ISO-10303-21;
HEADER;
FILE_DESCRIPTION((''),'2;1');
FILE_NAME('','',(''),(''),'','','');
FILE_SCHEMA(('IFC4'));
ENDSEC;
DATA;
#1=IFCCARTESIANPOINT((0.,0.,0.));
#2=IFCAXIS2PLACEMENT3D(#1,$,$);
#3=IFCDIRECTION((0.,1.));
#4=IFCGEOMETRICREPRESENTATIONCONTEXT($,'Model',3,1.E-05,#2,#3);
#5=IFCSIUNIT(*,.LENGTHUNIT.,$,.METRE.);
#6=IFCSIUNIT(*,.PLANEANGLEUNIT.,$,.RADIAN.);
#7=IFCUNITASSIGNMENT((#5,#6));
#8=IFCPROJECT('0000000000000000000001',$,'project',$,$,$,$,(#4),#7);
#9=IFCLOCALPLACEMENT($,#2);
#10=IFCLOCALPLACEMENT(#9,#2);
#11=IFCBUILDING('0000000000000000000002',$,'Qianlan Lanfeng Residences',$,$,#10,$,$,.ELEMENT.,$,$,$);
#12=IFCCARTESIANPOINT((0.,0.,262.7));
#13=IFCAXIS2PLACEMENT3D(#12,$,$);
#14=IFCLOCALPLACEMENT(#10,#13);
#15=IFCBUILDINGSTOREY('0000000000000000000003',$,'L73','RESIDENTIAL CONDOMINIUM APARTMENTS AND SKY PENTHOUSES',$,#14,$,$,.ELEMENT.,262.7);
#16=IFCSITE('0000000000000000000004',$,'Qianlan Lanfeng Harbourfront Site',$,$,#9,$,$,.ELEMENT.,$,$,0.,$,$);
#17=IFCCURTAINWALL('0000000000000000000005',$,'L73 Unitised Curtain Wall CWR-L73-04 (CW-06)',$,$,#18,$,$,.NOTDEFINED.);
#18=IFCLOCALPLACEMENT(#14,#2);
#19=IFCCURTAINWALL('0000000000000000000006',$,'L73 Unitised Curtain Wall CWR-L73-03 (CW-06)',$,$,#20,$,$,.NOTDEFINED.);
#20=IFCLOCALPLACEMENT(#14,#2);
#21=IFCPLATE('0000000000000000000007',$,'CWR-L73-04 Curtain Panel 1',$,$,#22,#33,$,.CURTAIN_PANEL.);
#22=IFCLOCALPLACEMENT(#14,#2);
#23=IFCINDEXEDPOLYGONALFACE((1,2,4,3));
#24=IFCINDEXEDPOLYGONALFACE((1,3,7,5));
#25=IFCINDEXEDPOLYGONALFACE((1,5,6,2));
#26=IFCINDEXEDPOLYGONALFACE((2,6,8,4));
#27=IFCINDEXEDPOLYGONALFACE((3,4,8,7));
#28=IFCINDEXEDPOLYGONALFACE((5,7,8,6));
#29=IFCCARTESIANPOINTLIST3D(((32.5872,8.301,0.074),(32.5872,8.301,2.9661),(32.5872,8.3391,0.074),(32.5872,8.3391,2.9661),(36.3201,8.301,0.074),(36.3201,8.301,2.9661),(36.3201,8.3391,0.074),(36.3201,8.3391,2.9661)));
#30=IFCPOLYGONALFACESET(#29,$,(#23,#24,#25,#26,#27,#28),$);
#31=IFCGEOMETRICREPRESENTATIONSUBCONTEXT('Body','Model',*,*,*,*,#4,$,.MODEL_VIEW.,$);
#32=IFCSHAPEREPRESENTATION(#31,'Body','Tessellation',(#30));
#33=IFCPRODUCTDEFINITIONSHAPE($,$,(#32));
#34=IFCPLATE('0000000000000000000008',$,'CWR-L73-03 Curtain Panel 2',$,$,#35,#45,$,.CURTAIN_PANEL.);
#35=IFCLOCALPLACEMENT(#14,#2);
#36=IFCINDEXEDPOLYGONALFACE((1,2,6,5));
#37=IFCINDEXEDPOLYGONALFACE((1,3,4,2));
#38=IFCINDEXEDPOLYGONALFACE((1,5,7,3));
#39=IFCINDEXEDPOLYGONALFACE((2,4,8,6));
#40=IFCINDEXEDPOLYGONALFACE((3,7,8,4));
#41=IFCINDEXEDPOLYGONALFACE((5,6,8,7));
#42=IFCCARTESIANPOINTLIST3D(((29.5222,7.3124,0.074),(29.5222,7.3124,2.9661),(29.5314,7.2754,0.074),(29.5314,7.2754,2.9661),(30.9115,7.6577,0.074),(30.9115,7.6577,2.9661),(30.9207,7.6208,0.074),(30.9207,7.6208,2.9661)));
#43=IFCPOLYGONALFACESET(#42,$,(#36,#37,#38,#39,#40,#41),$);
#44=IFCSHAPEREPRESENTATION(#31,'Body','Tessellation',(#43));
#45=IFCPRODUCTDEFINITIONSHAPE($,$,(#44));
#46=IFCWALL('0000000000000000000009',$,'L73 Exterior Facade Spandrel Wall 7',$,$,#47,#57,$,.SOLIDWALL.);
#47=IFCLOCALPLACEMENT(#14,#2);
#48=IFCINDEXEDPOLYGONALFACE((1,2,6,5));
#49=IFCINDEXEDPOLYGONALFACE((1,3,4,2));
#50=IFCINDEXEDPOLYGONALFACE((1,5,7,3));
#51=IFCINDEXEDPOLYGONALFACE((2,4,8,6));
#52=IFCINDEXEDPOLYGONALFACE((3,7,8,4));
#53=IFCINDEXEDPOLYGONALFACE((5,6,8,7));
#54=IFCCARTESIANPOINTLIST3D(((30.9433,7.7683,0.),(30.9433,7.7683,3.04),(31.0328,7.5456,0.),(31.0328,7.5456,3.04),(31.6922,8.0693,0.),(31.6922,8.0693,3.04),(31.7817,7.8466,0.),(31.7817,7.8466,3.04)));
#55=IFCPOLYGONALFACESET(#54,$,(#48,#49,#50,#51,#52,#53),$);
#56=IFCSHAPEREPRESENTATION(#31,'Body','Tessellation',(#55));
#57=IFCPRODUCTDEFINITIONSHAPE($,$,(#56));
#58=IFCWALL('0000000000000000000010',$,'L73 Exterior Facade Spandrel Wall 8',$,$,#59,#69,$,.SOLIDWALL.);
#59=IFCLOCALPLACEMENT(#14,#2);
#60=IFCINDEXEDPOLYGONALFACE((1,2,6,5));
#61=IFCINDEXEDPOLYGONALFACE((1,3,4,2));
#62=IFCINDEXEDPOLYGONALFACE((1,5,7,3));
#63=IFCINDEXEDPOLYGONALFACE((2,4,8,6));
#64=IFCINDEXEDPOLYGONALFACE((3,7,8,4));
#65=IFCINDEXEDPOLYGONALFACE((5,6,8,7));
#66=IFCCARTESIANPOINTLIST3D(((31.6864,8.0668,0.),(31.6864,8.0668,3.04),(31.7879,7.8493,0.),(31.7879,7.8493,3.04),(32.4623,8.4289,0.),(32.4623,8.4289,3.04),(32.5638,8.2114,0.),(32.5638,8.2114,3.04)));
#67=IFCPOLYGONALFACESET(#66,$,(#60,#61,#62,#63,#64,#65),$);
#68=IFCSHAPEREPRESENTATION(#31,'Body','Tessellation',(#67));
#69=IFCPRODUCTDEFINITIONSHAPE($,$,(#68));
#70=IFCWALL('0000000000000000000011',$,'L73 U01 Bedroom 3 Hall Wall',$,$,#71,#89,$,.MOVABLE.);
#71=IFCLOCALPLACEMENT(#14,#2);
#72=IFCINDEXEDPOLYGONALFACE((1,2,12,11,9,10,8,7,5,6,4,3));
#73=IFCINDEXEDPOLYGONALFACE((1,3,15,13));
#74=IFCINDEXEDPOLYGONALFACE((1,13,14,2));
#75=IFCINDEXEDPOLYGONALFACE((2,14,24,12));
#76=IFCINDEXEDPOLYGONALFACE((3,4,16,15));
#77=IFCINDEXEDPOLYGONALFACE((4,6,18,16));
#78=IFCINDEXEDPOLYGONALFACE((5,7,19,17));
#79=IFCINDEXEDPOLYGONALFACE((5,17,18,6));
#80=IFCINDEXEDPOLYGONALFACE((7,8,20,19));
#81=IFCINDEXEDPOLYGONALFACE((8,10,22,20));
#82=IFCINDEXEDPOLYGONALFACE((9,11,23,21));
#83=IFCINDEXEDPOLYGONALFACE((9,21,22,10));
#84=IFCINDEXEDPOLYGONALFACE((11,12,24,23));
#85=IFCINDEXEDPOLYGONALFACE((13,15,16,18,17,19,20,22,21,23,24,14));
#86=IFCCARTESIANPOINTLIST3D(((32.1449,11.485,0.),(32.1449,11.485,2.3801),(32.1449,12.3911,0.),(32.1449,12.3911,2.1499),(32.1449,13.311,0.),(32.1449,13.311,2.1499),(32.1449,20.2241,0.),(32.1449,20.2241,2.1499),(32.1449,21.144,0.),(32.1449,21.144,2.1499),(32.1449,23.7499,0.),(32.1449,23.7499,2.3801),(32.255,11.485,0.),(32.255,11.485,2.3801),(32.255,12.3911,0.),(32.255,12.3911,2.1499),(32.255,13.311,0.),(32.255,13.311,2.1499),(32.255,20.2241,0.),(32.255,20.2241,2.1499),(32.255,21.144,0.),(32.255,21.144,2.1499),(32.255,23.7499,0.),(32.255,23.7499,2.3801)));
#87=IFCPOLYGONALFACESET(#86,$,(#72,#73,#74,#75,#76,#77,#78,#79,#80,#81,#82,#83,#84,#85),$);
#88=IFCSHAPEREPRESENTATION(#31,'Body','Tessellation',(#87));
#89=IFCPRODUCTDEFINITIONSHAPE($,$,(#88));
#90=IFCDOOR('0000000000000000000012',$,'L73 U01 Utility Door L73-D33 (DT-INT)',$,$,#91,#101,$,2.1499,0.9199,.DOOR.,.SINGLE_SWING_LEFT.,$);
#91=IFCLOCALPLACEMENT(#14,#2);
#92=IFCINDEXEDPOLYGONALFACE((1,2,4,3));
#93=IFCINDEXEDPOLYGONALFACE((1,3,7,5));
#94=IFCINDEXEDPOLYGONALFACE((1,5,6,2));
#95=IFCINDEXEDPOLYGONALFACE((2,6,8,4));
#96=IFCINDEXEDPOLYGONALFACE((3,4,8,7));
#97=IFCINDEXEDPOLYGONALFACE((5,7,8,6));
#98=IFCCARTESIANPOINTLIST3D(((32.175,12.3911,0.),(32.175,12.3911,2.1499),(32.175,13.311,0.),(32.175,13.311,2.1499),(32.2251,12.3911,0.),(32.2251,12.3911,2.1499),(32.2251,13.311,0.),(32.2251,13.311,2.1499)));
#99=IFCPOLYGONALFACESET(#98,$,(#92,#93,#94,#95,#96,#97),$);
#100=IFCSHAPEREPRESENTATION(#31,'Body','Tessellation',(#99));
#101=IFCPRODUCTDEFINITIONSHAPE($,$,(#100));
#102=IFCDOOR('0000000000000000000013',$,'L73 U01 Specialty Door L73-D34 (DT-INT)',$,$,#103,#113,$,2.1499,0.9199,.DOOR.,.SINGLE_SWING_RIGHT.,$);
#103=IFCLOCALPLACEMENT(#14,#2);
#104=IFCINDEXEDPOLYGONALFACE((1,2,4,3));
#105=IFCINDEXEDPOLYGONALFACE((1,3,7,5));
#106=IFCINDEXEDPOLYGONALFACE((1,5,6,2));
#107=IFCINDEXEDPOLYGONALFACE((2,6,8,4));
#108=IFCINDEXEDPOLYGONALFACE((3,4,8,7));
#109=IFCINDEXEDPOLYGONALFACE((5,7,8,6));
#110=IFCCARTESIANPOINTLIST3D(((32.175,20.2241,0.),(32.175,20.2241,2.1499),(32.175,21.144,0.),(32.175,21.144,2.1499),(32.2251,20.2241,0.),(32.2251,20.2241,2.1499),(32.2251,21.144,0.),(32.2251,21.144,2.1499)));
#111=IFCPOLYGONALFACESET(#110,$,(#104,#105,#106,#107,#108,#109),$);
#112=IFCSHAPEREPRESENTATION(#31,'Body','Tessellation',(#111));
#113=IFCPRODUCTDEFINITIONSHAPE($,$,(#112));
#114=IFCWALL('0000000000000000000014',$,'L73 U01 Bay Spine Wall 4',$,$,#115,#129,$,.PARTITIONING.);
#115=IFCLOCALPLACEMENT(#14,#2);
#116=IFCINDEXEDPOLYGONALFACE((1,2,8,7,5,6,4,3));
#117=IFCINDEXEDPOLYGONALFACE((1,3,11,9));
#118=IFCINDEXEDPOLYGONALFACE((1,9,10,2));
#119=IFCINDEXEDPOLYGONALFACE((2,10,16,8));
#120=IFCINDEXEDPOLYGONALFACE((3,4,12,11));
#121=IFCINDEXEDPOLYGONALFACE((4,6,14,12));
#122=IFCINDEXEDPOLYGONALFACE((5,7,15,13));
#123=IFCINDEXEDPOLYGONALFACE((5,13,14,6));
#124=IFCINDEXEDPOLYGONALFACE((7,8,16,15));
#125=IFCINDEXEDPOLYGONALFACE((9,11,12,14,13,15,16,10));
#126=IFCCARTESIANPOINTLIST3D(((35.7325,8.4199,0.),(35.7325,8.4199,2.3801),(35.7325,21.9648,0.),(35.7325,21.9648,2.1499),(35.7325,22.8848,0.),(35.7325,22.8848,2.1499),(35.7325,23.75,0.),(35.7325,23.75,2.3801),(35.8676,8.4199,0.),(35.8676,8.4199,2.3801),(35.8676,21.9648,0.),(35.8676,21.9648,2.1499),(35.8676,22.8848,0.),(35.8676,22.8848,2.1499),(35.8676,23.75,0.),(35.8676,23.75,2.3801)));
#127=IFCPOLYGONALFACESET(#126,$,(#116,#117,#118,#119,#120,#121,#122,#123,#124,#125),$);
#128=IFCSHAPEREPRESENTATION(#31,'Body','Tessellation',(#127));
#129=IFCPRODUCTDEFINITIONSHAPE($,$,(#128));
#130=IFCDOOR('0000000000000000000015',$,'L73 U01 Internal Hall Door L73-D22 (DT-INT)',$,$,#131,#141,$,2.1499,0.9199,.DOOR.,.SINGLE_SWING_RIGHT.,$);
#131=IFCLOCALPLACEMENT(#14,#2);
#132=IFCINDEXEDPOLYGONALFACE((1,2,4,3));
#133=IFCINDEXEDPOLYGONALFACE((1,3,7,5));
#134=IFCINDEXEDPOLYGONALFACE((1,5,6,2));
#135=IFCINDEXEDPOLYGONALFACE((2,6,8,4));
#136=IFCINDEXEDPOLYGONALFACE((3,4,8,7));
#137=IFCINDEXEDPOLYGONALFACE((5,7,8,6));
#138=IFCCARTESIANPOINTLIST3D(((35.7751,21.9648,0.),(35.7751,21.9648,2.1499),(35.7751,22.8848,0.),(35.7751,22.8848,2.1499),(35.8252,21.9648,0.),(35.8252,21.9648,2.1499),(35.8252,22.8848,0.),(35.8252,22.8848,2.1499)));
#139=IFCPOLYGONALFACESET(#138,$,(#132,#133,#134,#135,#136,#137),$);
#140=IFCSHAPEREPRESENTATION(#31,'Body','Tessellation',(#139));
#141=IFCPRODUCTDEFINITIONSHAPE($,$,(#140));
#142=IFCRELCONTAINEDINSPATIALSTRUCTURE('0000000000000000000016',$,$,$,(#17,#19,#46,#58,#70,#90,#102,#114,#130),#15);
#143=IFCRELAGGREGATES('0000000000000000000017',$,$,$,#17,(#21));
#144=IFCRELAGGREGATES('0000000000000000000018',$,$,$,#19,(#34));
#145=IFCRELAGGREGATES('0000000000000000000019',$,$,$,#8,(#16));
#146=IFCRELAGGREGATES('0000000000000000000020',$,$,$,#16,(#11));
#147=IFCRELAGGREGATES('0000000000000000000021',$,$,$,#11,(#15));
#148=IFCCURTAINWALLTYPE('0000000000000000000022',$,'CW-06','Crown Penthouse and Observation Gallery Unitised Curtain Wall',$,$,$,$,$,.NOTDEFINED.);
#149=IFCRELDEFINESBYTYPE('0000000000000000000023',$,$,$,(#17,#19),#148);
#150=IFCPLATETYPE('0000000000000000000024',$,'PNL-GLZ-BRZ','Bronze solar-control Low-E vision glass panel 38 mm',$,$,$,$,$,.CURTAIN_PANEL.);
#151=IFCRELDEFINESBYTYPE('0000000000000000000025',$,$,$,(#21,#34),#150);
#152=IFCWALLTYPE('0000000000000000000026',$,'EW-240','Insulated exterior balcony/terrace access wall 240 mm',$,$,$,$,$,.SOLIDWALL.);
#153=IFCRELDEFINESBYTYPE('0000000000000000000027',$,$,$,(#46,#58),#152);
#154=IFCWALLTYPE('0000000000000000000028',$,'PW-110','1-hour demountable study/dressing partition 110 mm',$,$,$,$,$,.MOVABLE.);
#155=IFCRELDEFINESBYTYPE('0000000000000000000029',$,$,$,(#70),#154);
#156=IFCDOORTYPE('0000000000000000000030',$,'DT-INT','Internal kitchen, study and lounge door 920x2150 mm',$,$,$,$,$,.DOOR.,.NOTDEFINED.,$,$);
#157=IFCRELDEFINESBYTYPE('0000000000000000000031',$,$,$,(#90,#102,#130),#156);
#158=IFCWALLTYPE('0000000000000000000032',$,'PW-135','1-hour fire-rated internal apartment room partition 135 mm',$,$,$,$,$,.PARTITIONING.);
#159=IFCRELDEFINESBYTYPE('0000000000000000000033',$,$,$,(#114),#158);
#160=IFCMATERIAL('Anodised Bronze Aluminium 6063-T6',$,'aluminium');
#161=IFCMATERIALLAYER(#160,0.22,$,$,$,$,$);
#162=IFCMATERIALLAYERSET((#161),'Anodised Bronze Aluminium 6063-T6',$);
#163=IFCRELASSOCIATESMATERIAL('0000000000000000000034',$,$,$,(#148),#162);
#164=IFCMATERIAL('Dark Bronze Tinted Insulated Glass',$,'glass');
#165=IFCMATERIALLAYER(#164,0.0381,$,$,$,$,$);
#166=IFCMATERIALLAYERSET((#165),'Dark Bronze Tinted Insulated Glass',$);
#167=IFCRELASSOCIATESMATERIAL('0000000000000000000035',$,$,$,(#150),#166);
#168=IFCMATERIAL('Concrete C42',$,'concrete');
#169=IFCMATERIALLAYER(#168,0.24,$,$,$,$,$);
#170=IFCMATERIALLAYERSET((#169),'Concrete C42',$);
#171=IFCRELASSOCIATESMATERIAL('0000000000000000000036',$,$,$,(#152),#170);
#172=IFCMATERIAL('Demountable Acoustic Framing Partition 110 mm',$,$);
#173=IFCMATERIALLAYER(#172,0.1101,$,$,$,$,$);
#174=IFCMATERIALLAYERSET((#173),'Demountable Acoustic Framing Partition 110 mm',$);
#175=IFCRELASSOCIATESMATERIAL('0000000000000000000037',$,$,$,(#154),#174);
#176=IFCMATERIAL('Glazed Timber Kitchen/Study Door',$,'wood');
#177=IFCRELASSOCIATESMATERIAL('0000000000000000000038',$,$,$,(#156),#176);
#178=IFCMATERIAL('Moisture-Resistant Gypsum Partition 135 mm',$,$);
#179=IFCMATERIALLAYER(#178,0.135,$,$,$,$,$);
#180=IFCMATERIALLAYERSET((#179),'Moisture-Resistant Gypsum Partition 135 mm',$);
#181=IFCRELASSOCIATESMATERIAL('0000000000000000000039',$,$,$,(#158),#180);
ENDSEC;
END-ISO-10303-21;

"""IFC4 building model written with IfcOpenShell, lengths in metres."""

from ifc_helpers import new_model, si_unit, direction, frame, frame_2d, origin, origin_2d, place, context, subcontext, project, spatial, rectangle, extrude, source, transform, mapped, material, layer, layer_set, type_object, element, fill, aggregate, save


model = new_model("IFC4")

# Units and contexts
model_context = context("Model", 3, precision=1e-05, world=origin(), true_north=direction((0.0, 1.0)))
body_context = subcontext(model_context, "Body", "Model", "MODEL_VIEW")
ifc_project = project(units=[si_unit("LENGTHUNIT", "METRE"), si_unit("PLANEANGLEUNIT", "RADIAN")], contexts=[model_context])

# Site, building, storey
site_placement = place(None, origin())
site = spatial("IfcSite", under=ifc_project, at=site_placement, Name="Qianlan Lanfeng Harbourfront Site", CompositionType="ELEMENT", RefElevation=0.0)
building_placement = place(site_placement, origin())
building = spatial("IfcBuilding", under=site, at=building_placement, Name="Qianlan Lanfeng Residences", CompositionType="ELEMENT")
storey_placement = place(building_placement, frame((0.0, 0.0, 262.7)))
storey = spatial("IfcBuildingStorey", under=building, at=storey_placement, Name="L73", Description="RESIDENTIAL CONDOMINIUM APARTMENTS AND SKY PENTHOUSES", CompositionType="ELEMENT", Elevation=262.7)

# Curtain walls
ifc_material_1 = material(Name="Anodised Bronze Aluminium 6063-T6", Category="aluminium")
ifc_layer_1 = layer(ifc_material_1, 0.22)
ifc_layer_set_1 = layer_set([ifc_layer_1], Name="Anodised Bronze Aluminium 6063-T6")
curtain_wall_type = type_object("IfcCurtainWallType", Name="CW-06", Description="Crown Penthouse and Observation Gallery Unitised Curtain Wall", PredefinedType="NOTDEFINED", material=ifc_layer_set_1)
curtain_wall_1_placement = place(storey_placement, origin())
curtain_wall_1 = element("IfcCurtainWall", 1, at=curtain_wall_1_placement, inside=storey, type_object=curtain_wall_type, Name="L73 Unitised Curtain Wall CWR-L73-04 (CW-06)", PredefinedType="NOTDEFINED")
curtain_wall_2_placement = place(storey_placement, origin())
curtain_wall_2 = element("IfcCurtainWall", 2, at=curtain_wall_2_placement, inside=storey, type_object=curtain_wall_type, Name="L73 Unitised Curtain Wall CWR-L73-03 (CW-06)", PredefinedType="NOTDEFINED")

# Plates
ifc_material_2 = material(Name="Dark Bronze Tinted Insulated Glass", Category="glass")
ifc_layer_2 = layer(ifc_material_2, 0.0381)
ifc_layer_set_2 = layer_set([ifc_layer_2], Name="Dark Bronze Tinted Insulated Glass")
plate_type_1 = type_object("IfcPlateType", Name="PNL-GLZ-BRZ", Description="Bronze solar-control Low-E vision glass panel 38 mm", PredefinedType="CURTAIN_PANEL", material=ifc_layer_set_2)
shared_shape_1 = source(origin(), body_context, "Body", "SweptSolid", [
    extrude(rectangle(XDim=3.7329, YDim=0.0381, at=origin_2d()), origin(), (0.0, 0.0, 1.0), 2.8921),
])
plate_1_placement = place(storey_placement, frame((34.4536, 8.3201, 0.074), z_axis=(0.0, 0.0, 1.0), x_axis=(1.0, 0.0, 0.0)))
plate_1 = element("IfcPlate", 3, at=plate_1_placement, type_object=plate_type_1, Name="CWR-L73-04 Curtain Panel 1", PredefinedType="CURTAIN_PANEL", context=body_context, shape_type="MappedRepresentation", body=[
    mapped(shared_shape_1, transform((0.0, 0.0, 0.0), scale=1.0)),
])
aggregate(curtain_wall_1, [plate_1])
shared_shape_2 = source(origin(), body_context, "Body", "SweptSolid", [
    extrude(rectangle(XDim=1.4316, YDim=0.0381, at=origin_2d()), origin(), (0.0, 0.0, 1.0), 2.8921),
])
plate_2_placement = place(storey_placement, frame((30.2214, 7.4666, 0.074), z_axis=(0.0, 0.0, 1.0), x_axis=(0.970466, 0.241238, 0.0)))
plate_2 = element("IfcPlate", 4, at=plate_2_placement, type_object=plate_type_1, Name="CWR-L73-03 Curtain Panel 2", PredefinedType="CURTAIN_PANEL", context=body_context, shape_type="MappedRepresentation", body=[
    mapped(shared_shape_2, transform((0.0, 0.0, 0.0), scale=1.0)),
])
aggregate(curtain_wall_2, [plate_2])

# Walls
ifc_material_3 = material(Name="Concrete C42", Category="concrete")
ifc_layer_3 = layer(ifc_material_3, 0.24)
ifc_layer_set_3 = layer_set([ifc_layer_3], Name="Concrete C42")
wall_type_1 = type_object("IfcWallType", Name="EW-240", Description="Insulated exterior balcony/terrace access wall 240 mm", PredefinedType="SOLIDWALL", material=ifc_layer_set_3)
wall_1_placement = place(storey_placement, frame((30.988, 7.657, 0.0), z_axis=(0.0, 0.0, 1.0), x_axis=(0.927871, 0.372902, 0.0)))
element("IfcWall", 5, at=wall_1_placement, inside=storey, type_object=wall_type_1, Name="L73 Exterior Facade Spandrel Wall 7", PredefinedType="SOLIDWALL", context=body_context, shape_type="SweptSolid", body=[
    extrude(rectangle(XDim=0.8071, YDim=0.24, at=frame_2d((0.4036, 0.0))), origin(), (0.0, 0.0, 1.0), 3.04),
])
wall_2_placement = place(storey_placement, frame((31.7371, 7.958, 0.0), z_axis=(0.0, 0.0, 1.0), x_axis=(0.90619, 0.42287, 0.0)))
element("IfcWall", 6, at=wall_2_placement, inside=storey, type_object=wall_type_1, Name="L73 Exterior Facade Spandrel Wall 8", PredefinedType="SOLIDWALL", context=body_context, shape_type="SweptSolid", body=[
    extrude(rectangle(XDim=0.8562, YDim=0.24, at=frame_2d((0.4282, 0.0))), origin(), (0.0, 0.0, 1.0), 3.04),
])

# Wall, openings, doors
ifc_material_4 = material(Name="Demountable Acoustic Framing Partition 110 mm")
ifc_layer_4 = layer(ifc_material_4, 0.1101)
ifc_layer_set_4 = layer_set([ifc_layer_4], Name="Demountable Acoustic Framing Partition 110 mm")
wall_type_2 = type_object("IfcWallType", Name="PW-110", Description="1-hour demountable study/dressing partition 110 mm", PredefinedType="MOVABLE", material=ifc_layer_set_4)
wall_3_placement = place(storey_placement, frame((32.2, 11.4851, 0.0), z_axis=(0.0, 0.0, 1.0), x_axis=(0.0, 1.0, 0.0)))
wall_3 = element("IfcWall", 7, at=wall_3_placement, inside=storey, type_object=wall_type_2, Name="L73 U01 Bedroom 3 Hall Wall", PredefinedType="MOVABLE", context=body_context, shape_type="SweptSolid", body=[
    extrude(rectangle(XDim=12.2649, YDim=0.1101, at=frame_2d((6.1323, 0.0))), origin(), (0.0, 0.0, 1.0), 2.3801),
])
opening_1_placement = place(wall_3_placement, frame((0.906, 0.0, 0.0)))
opening_1 = element("IfcOpeningElement", 8, at=opening_1_placement, cuts=wall_3, PredefinedType="OPENING", context=body_context, shape_type="SweptSolid", body=[
    extrude(rectangle(XDim=0.9199, YDim=2.1499, at=frame_2d((0.46, 1.075))), frame((0.0, 0.0649, 0.0), z_axis=(0.0, -1.0, 0.0), x_axis=(1.0, 0.0, 0.0)), (0.0, 0.0, 1.0), 0.1301),
])
opening_2_placement = place(wall_3_placement, frame((8.739, 0.0, 0.0)))
opening_2 = element("IfcOpeningElement", 9, at=opening_2_placement, cuts=wall_3, PredefinedType="OPENING", context=body_context, shape_type="SweptSolid", body=[
    extrude(rectangle(XDim=0.9199, YDim=2.1499, at=frame_2d((0.46, 1.075))), frame((0.0, 0.0649, 0.0), z_axis=(0.0, -1.0, 0.0), x_axis=(1.0, 0.0, 0.0)), (0.0, 0.0, 1.0), 0.1301),
])
ifc_material_5 = material(Name="Glazed Timber Kitchen/Study Door", Category="wood")
door_type = type_object("IfcDoorType", Name="DT-INT", Description="Internal kitchen, study and lounge door 920x2150 mm", OperationType="NOTDEFINED", PredefinedType="DOOR", material=ifc_material_5)
door_1_placement = place(opening_1_placement, origin())
door_1 = element("IfcDoor", 10, at=door_1_placement, inside=storey, type_object=door_type, Name="L73 U01 Utility Door L73-D33 (DT-INT)", OperationType="SINGLE_SWING_LEFT", OverallHeight=2.1499, OverallWidth=0.9199, PredefinedType="DOOR", context=body_context, shape_type="SweptSolid", body=[
    extrude(rectangle(XDim=0.9199, YDim=2.1499, at=frame_2d((0.46, 1.075))), frame((0.0, 0.0249, 0.0), z_axis=(0.0, -1.0, 0.0), x_axis=(1.0, 0.0, 0.0)), (0.0, 0.0, 1.0), 0.05),
])
fill(opening_1, door_1)
door_2_placement = place(opening_2_placement, origin())
door_2 = element("IfcDoor", 11, at=door_2_placement, inside=storey, type_object=door_type, Name="L73 U01 Specialty Door L73-D34 (DT-INT)", OperationType="SINGLE_SWING_RIGHT", OverallHeight=2.1499, OverallWidth=0.9199, PredefinedType="DOOR", context=body_context, shape_type="SweptSolid", body=[
    extrude(rectangle(XDim=0.9199, YDim=2.1499, at=frame_2d((0.46, 1.075))), frame((0.0, 0.0249, 0.0), z_axis=(0.0, -1.0, 0.0), x_axis=(1.0, 0.0, 0.0)), (0.0, 0.0, 1.0), 0.05),
])
fill(opening_2, door_2)

# Wall, opening, door
ifc_material_6 = material(Name="Moisture-Resistant Gypsum Partition 135 mm")
ifc_layer_5 = layer(ifc_material_6, 0.135)
ifc_layer_set_5 = layer_set([ifc_layer_5], Name="Moisture-Resistant Gypsum Partition 135 mm")
wall_type_3 = type_object("IfcWallType", Name="PW-135", Description="1-hour fire-rated internal apartment room partition 135 mm", PredefinedType="PARTITIONING", material=ifc_layer_set_5)
wall_4_placement = place(storey_placement, frame((35.8, 8.4199, 0.0), z_axis=(0.0, 0.0, 1.0), x_axis=(0.0, 1.0, 0.0)))
wall_4 = element("IfcWall", 12, at=wall_4_placement, inside=storey, type_object=wall_type_3, Name="L73 U01 Bay Spine Wall 4", PredefinedType="PARTITIONING", context=body_context, shape_type="SweptSolid", body=[
    extrude(rectangle(XDim=15.3301, YDim=0.135, at=frame_2d((7.665, 0.0))), origin(), (0.0, 0.0, 1.0), 2.3801),
])
opening_3_placement = place(wall_4_placement, frame((13.5449, 0.0, 0.0)))
opening_3 = element("IfcOpeningElement", 13, at=opening_3_placement, cuts=wall_4, PredefinedType="OPENING", context=body_context, shape_type="SweptSolid", body=[
    extrude(rectangle(XDim=0.9199, YDim=2.1499, at=frame_2d((0.46, 1.075))), frame((0.0, 0.0776, 0.0), z_axis=(0.0, -1.0, 0.0), x_axis=(1.0, 0.0, 0.0)), (0.0, 0.0, 1.0), 0.155),
])
door_3_placement = place(opening_3_placement, origin())
door_3 = element("IfcDoor", 14, at=door_3_placement, inside=storey, type_object=door_type, Name="L73 U01 Internal Hall Door L73-D22 (DT-INT)", OperationType="SINGLE_SWING_RIGHT", OverallHeight=2.1499, OverallWidth=0.9199, PredefinedType="DOOR", context=body_context, shape_type="SweptSolid", body=[
    extrude(rectangle(XDim=0.9199, YDim=2.1499, at=frame_2d((0.46, 1.075))), frame((0.0, 0.0249, 0.0), z_axis=(0.0, -1.0, 0.0), x_axis=(1.0, 0.0, 0.0)), (0.0, 0.0, 1.0), 0.05),
])
fill(opening_3, door_3)

save(model, "model.ifc")
